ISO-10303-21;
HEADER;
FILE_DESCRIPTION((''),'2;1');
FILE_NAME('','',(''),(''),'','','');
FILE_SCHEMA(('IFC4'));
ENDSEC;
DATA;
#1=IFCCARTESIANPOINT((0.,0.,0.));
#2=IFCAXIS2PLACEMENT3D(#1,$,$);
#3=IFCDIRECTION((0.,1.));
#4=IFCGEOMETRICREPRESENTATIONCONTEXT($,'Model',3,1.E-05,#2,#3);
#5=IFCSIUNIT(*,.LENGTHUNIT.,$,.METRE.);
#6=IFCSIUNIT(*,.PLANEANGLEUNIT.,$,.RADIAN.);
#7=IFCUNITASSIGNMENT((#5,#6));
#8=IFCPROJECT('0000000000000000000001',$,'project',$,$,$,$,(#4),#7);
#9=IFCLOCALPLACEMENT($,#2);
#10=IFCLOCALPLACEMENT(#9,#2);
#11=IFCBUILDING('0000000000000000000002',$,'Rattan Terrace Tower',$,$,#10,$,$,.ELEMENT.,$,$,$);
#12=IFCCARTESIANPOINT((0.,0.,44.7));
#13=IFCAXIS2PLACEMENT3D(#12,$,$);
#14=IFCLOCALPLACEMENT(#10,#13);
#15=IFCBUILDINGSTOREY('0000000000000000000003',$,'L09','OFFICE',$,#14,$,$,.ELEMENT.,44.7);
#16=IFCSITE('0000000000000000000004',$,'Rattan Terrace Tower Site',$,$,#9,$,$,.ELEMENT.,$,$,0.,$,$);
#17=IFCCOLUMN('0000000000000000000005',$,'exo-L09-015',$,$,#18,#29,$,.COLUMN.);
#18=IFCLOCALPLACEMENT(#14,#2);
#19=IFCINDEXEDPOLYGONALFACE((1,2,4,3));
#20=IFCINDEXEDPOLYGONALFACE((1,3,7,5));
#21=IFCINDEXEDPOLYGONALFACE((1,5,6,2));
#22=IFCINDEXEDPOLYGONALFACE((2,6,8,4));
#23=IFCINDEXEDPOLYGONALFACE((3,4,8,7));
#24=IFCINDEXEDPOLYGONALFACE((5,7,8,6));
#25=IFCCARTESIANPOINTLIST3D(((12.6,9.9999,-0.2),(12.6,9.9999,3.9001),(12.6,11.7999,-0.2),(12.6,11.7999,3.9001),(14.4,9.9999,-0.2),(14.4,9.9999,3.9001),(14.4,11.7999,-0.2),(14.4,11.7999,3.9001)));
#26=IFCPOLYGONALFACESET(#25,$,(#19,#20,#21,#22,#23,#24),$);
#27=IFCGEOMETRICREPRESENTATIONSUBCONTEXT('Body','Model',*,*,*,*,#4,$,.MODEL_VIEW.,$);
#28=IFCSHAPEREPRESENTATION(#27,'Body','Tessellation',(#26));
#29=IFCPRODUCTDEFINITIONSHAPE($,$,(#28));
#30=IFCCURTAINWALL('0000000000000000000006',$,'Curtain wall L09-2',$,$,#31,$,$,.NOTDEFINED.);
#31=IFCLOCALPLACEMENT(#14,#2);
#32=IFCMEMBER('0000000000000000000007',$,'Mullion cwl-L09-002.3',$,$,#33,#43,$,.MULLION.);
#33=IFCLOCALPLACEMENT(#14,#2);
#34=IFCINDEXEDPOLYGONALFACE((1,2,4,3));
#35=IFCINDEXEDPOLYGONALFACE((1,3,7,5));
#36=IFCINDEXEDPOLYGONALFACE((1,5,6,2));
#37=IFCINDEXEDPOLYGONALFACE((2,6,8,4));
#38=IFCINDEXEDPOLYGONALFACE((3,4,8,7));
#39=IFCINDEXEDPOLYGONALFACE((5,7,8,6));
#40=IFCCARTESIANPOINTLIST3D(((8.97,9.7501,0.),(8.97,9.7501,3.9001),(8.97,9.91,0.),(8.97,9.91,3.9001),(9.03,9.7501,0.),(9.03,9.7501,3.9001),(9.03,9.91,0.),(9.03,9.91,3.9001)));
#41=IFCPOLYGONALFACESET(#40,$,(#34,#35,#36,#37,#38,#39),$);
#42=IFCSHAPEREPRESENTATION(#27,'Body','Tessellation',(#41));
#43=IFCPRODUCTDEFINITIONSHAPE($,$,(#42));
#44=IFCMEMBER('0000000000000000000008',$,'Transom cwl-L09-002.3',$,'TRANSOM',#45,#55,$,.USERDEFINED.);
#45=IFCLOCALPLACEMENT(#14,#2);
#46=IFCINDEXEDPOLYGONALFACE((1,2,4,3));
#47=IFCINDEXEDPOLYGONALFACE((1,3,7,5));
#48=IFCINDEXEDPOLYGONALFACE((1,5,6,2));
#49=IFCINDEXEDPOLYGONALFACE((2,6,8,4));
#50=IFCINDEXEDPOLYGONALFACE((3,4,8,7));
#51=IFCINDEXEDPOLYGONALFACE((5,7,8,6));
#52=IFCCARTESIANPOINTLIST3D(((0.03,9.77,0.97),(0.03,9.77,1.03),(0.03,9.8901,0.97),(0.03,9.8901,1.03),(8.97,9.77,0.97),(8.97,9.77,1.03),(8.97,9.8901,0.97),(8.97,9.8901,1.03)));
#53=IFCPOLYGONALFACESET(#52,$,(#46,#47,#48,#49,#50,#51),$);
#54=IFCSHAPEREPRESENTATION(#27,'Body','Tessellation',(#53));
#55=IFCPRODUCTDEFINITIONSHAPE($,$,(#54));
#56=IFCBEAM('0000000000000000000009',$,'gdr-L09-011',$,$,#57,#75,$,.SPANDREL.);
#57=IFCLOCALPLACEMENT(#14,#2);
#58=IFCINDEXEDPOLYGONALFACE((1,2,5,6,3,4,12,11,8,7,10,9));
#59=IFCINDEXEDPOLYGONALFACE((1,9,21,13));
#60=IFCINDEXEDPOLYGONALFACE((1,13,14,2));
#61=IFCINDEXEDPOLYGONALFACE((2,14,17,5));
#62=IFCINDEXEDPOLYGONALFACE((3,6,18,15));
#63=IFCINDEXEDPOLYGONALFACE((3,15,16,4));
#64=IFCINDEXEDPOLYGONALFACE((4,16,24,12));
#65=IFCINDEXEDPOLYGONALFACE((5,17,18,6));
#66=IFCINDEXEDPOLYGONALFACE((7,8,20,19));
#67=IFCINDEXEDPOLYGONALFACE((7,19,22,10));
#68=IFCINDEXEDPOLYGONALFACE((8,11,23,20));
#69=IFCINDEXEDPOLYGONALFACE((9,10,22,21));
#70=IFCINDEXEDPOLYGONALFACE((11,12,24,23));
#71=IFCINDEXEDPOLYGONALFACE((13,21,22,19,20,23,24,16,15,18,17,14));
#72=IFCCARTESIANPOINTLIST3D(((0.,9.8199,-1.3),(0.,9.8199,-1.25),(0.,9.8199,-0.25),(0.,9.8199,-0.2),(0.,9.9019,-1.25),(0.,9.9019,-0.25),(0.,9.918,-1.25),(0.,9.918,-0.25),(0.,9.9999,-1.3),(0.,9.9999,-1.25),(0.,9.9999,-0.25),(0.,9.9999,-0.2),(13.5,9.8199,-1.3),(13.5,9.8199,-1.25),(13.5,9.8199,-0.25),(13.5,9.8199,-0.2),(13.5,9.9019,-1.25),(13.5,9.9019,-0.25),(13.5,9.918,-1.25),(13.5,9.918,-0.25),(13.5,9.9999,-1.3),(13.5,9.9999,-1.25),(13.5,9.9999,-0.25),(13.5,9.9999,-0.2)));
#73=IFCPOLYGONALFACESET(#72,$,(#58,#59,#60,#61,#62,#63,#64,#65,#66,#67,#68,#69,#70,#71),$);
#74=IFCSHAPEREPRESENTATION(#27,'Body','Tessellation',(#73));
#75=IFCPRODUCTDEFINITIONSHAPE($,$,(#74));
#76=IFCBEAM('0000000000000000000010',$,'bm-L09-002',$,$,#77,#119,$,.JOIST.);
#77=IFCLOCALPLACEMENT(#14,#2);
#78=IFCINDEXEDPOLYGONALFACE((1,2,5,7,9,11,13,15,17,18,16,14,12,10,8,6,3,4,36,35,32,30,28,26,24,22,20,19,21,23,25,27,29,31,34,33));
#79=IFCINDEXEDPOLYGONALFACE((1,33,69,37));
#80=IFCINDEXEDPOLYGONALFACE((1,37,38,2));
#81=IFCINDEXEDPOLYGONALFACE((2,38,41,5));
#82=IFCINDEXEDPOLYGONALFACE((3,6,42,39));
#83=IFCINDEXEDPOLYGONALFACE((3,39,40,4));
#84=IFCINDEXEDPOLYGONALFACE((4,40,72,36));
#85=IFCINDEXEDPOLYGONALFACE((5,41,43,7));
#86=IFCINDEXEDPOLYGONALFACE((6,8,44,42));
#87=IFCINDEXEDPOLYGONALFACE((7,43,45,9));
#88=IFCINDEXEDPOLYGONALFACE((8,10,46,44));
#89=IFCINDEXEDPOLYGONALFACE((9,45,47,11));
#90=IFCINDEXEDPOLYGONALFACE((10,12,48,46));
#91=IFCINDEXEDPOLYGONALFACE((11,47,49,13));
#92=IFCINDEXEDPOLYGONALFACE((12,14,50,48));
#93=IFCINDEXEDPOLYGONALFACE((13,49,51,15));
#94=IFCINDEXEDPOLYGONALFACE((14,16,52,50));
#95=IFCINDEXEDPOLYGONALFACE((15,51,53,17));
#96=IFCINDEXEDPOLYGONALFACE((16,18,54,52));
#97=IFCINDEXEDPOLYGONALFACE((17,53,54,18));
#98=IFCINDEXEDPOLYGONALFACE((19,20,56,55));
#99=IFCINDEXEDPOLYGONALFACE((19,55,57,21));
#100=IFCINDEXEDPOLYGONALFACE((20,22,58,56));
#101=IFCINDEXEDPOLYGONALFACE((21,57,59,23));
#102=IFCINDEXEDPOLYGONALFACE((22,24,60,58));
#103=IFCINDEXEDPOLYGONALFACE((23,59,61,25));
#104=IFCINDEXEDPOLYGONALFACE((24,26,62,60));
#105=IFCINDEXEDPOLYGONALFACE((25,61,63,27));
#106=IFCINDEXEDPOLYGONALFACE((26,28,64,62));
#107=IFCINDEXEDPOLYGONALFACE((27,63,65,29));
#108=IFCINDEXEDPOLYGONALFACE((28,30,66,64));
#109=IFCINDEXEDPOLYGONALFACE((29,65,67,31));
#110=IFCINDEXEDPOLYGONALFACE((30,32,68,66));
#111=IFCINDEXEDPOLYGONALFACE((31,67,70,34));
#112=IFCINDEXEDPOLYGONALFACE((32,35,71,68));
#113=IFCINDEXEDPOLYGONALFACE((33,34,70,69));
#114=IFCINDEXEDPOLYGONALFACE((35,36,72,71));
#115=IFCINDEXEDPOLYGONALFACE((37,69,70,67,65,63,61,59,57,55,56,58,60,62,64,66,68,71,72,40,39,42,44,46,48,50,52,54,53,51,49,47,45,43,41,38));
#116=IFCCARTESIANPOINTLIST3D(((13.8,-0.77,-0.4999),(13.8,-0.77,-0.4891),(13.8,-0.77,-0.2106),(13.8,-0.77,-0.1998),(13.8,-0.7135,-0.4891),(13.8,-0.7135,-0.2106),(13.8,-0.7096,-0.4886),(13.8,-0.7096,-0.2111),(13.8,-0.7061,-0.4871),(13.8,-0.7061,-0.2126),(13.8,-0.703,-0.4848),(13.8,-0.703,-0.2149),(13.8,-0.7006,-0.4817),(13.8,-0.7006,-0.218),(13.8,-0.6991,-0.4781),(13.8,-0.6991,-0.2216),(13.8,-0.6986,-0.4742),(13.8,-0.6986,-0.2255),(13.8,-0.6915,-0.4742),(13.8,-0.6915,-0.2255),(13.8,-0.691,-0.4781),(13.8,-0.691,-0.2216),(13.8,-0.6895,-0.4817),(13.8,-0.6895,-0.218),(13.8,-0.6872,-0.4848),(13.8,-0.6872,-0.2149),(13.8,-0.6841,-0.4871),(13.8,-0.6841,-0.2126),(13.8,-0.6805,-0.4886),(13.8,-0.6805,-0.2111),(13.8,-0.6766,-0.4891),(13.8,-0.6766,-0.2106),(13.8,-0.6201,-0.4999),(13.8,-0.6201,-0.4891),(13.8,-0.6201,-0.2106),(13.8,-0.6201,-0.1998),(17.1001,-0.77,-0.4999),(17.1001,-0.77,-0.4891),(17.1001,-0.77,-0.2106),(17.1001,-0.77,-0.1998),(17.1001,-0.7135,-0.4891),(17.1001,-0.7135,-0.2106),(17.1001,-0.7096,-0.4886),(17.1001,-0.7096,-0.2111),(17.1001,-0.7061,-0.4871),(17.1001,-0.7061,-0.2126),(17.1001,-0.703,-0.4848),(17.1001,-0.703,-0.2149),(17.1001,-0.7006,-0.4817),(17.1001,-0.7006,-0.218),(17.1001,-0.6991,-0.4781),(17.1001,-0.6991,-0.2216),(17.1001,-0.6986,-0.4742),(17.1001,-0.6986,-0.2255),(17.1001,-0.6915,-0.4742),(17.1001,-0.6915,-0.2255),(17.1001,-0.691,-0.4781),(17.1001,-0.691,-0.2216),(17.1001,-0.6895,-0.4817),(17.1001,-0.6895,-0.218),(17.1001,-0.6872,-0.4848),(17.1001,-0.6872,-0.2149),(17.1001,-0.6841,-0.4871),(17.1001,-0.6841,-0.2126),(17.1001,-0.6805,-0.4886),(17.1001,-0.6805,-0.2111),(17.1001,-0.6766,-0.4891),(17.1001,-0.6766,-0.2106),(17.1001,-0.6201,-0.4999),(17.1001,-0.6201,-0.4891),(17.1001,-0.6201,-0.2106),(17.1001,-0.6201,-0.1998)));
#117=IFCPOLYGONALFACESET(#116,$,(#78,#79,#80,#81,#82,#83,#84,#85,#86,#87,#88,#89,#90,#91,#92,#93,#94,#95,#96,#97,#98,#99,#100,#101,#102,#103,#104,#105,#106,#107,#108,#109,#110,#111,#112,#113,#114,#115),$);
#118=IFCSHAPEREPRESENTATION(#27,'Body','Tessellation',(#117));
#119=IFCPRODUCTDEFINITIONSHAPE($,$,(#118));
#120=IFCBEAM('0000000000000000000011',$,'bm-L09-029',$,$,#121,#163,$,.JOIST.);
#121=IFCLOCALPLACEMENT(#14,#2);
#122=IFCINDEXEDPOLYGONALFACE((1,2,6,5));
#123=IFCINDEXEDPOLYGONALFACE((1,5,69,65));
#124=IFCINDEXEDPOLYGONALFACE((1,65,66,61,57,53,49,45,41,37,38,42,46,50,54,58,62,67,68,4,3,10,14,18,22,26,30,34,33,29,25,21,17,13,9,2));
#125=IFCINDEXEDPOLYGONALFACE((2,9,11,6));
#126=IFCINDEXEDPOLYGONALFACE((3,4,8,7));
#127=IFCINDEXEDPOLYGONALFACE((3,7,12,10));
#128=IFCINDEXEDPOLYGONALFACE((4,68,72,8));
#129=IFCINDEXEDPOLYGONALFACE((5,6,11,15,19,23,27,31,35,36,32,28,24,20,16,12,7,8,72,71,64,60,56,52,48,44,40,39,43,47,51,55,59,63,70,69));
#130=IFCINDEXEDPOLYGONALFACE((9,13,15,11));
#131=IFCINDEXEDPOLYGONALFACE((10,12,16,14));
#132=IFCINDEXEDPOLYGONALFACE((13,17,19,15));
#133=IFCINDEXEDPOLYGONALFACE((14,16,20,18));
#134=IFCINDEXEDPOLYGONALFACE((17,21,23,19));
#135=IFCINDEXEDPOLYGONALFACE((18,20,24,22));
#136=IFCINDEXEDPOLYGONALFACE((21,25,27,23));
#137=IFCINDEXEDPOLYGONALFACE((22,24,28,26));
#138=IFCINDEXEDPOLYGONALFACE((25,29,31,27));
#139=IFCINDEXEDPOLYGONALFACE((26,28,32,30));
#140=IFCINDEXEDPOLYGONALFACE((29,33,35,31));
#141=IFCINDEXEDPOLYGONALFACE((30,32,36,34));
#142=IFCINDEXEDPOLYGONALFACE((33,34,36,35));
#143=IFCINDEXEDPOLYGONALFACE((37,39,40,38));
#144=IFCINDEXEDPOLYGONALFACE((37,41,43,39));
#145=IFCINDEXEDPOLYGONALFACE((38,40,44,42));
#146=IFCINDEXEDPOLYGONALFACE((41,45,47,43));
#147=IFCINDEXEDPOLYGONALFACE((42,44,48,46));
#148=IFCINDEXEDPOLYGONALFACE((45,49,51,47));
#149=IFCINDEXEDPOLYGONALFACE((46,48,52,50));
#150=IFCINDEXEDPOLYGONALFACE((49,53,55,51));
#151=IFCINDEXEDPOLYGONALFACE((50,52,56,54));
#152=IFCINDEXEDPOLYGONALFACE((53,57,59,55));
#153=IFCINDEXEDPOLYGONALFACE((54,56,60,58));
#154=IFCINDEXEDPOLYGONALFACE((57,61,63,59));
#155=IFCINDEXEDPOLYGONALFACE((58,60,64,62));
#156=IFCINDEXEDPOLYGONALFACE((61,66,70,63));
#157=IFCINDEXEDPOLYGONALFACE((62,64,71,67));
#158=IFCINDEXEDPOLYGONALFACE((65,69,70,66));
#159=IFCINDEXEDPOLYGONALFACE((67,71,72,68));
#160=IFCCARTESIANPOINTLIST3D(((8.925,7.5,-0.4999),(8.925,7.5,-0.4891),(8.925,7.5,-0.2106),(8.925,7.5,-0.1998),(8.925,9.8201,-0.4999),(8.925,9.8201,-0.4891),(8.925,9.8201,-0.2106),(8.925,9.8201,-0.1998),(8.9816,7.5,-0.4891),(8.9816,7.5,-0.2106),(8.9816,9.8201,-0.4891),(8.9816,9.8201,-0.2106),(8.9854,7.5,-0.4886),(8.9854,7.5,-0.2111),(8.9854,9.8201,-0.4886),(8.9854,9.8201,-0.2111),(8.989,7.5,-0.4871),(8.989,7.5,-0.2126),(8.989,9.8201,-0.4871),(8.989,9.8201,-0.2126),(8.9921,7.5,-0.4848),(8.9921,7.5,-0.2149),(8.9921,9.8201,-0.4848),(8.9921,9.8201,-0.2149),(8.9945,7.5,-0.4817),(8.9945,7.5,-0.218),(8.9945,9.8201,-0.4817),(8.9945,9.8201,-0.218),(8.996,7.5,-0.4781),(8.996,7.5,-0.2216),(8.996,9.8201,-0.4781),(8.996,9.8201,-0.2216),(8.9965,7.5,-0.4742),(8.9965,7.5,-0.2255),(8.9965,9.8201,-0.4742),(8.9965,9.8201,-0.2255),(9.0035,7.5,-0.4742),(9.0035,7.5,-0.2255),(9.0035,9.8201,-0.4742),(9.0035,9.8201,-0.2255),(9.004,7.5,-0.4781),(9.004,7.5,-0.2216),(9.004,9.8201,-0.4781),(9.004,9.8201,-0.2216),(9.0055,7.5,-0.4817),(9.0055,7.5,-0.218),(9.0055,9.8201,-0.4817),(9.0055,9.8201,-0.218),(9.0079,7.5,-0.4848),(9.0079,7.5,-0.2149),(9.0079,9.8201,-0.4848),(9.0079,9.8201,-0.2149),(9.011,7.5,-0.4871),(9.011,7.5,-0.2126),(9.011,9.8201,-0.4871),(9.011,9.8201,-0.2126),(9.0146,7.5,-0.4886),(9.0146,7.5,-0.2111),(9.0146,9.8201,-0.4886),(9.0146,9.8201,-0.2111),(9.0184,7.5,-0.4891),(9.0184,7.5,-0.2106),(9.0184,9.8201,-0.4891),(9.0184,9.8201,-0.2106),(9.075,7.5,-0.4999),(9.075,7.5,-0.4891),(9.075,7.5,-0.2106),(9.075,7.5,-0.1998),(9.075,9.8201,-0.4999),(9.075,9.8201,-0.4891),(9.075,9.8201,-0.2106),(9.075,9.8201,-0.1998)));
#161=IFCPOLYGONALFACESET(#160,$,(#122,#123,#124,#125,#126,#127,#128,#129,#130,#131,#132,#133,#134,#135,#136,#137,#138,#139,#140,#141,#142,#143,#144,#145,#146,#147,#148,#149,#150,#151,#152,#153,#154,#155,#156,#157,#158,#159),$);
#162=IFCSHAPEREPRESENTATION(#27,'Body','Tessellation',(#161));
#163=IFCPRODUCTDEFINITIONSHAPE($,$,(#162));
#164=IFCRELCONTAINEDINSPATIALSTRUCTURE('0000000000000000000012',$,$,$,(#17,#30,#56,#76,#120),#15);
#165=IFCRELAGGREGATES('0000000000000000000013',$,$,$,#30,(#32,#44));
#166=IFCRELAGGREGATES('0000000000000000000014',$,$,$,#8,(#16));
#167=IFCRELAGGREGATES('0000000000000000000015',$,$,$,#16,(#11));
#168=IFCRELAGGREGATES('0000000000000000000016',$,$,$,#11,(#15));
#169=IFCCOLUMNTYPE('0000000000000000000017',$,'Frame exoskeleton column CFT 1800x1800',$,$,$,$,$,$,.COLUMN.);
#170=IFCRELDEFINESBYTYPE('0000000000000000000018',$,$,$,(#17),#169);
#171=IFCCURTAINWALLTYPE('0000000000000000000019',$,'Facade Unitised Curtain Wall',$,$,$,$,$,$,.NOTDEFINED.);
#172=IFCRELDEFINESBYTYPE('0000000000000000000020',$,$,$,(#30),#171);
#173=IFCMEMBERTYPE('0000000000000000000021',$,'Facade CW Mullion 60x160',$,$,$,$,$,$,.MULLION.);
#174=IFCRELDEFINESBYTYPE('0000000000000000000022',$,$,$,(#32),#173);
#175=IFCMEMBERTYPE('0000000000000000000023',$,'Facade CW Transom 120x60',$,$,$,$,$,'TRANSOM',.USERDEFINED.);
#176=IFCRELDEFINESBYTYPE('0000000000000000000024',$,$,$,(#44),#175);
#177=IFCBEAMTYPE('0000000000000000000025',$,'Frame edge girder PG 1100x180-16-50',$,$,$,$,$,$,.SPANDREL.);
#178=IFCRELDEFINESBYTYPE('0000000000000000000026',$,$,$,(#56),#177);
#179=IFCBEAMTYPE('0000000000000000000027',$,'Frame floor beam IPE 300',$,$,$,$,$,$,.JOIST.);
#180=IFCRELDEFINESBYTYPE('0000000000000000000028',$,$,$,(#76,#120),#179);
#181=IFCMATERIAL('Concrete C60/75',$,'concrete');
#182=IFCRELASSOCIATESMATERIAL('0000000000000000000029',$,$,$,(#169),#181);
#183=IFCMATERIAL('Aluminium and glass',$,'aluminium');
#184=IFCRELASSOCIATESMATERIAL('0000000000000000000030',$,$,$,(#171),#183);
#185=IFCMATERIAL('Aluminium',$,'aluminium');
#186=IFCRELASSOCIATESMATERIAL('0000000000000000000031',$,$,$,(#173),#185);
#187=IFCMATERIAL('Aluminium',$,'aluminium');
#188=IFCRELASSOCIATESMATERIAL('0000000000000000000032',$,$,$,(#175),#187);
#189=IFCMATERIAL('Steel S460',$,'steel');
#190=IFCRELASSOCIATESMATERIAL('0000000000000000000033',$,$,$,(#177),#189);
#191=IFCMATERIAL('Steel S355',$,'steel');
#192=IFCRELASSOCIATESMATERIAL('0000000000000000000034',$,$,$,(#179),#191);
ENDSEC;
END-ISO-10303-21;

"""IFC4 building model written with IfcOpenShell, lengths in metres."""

from ifc_helpers import new_model, si_unit, direction, frame, origin, origin_2d, place, context, subcontext, project, spatial, rectangle, i_section, extrude, material, material_profile, profile_set, type_object, element, aggregate, save


model = new_model("IFC4")

# Units and contexts
model_context = context("Model", 3, precision=1e-05, world=origin(), true_north=direction((0.0, 1.0)))
body_context = subcontext(model_context, "Body", "Model", "MODEL_VIEW")
ifc_project = project(units=[si_unit("LENGTHUNIT", "METRE"), si_unit("PLANEANGLEUNIT", "RADIAN")], contexts=[model_context])

# Site, building, storey
site_placement = place(None, origin())
site = spatial("IfcSite", under=ifc_project, at=site_placement, Name="Rattan Terrace Tower Site", CompositionType="ELEMENT", RefElevation=0.0)
building_placement = place(site_placement, origin())
building = spatial("IfcBuilding", under=site, at=building_placement, Name="Rattan Terrace Tower", CompositionType="ELEMENT")
storey_placement = place(building_placement, frame((0.0, 0.0, 44.7)))
storey = spatial("IfcBuildingStorey", under=building, at=storey_placement, Name="L09", Description="OFFICE", CompositionType="ELEMENT", Elevation=44.7)

# Column
ifc_material_1 = material(Name="Concrete C60/75", Category="concrete")
ifc_material_profile_1 = material_profile(ifc_material_1, rectangle(XDim=1.8, YDim=1.8, at=origin_2d()), Name="CFT 1800x1800")
ifc_profile_set_1 = profile_set([ifc_material_profile_1], Name="Concrete C60/75")
column_type = type_object("IfcColumnType", Name="Frame exoskeleton column CFT 1800x1800", PredefinedType="COLUMN", material=ifc_profile_set_1)
column_placement = place(storey_placement, frame((13.5, 10.8999, -0.2), z_axis=(0.0, 0.0, 1.0), x_axis=(1.0, 0.0, 0.0)))
element("IfcColumn", 1, at=column_placement, inside=storey, type_object=column_type, Name="exo-L09-015", PredefinedType="COLUMN", context=body_context, shape_type="SweptSolid", body=[
    extrude(rectangle(XDim=1.8, YDim=1.8, at=origin_2d()), origin(), (0.0, 0.0, 1.0), 4.1001),
])

# Curtain wall, members
ifc_material_2 = material(Name="Aluminium and glass", Category="aluminium")
curtain_wall_type = type_object("IfcCurtainWallType", Name="Facade Unitised Curtain Wall", PredefinedType="NOTDEFINED", material=ifc_material_2)
curtain_wall_placement = place(storey_placement, origin())
curtain_wall = element("IfcCurtainWall", 2, at=curtain_wall_placement, inside=storey, type_object=curtain_wall_type, Name="Curtain wall L09-2", PredefinedType="NOTDEFINED")
ifc_material_3 = material(Name="Aluminium", Category="aluminium")
ifc_material_profile_2 = material_profile(ifc_material_3, rectangle(XDim=0.0601, YDim=0.1599, at=origin_2d()), Name="Aluminium 60x160")
ifc_profile_set_2 = profile_set([ifc_material_profile_2], Name="Aluminium")
member_type_1 = type_object("IfcMemberType", Name="Facade CW Mullion 60x160", PredefinedType="MULLION", material=ifc_profile_set_2)
member_1_placement = place(storey_placement, frame((9.0, 9.8301, 0.0), z_axis=(0.0, 0.0, 1.0), x_axis=(-1.0, 0.0, 0.0)))
member_1 = element("IfcMember", 3, at=member_1_placement, type_object=member_type_1, Name="Mullion cwl-L09-002.3", PredefinedType="MULLION", context=body_context, shape_type="SweptSolid", body=[
    extrude(rectangle(XDim=0.0601, YDim=0.1599, at=origin_2d()), origin(), (0.0, 0.0, 1.0), 3.9001),
])
ifc_material_4 = material(Name="Aluminium", Category="aluminium")
ifc_material_profile_3 = material_profile(ifc_material_4, rectangle(XDim=0.1201, YDim=0.0601, at=origin_2d()), Name="Aluminium 120x60")
ifc_profile_set_3 = profile_set([ifc_material_profile_3], Name="Aluminium")
member_type_2 = type_object("IfcMemberType", Name="Facade CW Transom 120x60", ElementType="TRANSOM", PredefinedType="USERDEFINED", material=ifc_profile_set_3)
member_2_placement = place(storey_placement, frame((8.97, 9.8301, 1.0), z_axis=(-1.0, 0.0, 0.0), x_axis=(0.0, -1.0, 0.0)))
member_2 = element("IfcMember", 4, at=member_2_placement, type_object=member_type_2, Name="Transom cwl-L09-002.3", ObjectType="TRANSOM", PredefinedType="USERDEFINED", context=body_context, shape_type="SweptSolid", body=[
    extrude(rectangle(XDim=0.1201, YDim=0.0601, at=origin_2d()), origin(), (0.0, 0.0, 1.0), 8.9399),
])

# Beams
ifc_material_5 = material(Name="Steel S460", Category="steel")
ifc_material_profile_4 = material_profile(ifc_material_5, i_section(OverallWidth=0.1799, OverallDepth=1.1001, WebThickness=0.0161, FlangeThickness=0.05, at=origin_2d()), Name="PG 1100x180-16-50")
ifc_profile_set_4 = profile_set([ifc_material_profile_4], Name="Steel S460")
beam_type_1 = type_object("IfcBeamType", Name="Frame edge girder PG 1100x180-16-50", PredefinedType="SPANDREL", material=ifc_profile_set_4)
beam_1_placement = place(storey_placement, frame((13.5, 9.9099, -0.75), z_axis=(-1.0, 0.0, 0.0), x_axis=(0.0, -1.0, 0.0)))
element("IfcBeam", 5, at=beam_1_placement, inside=storey, type_object=beam_type_1, Name="gdr-L09-011", PredefinedType="SPANDREL", context=body_context, shape_type="SweptSolid", body=[
    extrude(i_section(OverallWidth=0.1799, OverallDepth=1.1001, WebThickness=0.0161, FlangeThickness=0.05, at=origin_2d()), origin(), (0.0, 0.0, 1.0), 13.5),
])
ifc_material_6 = material(Name="Steel S355", Category="steel")
ifc_material_profile_5 = material_profile(ifc_material_6, i_section(OverallWidth=0.1499, OverallDepth=0.3, WebThickness=0.0071, FlangeThickness=0.0107, FilletRadius=0.0149, at=origin_2d()), Name="IPE 300")
ifc_profile_set_5 = profile_set([ifc_material_profile_5], Name="Steel S355")
beam_type_2 = type_object("IfcBeamType", Name="Frame floor beam IPE 300", PredefinedType="JOIST", material=ifc_profile_set_5)
beam_2_placement = place(storey_placement, frame((13.8, -0.6951, -0.3499), z_axis=(1.0, 0.0, 0.0), x_axis=(0.0, 1.0, 0.0)))
element("IfcBeam", 6, at=beam_2_placement, inside=storey, type_object=beam_type_2, Name="bm-L09-002", PredefinedType="JOIST", context=body_context, shape_type="SweptSolid", body=[
    extrude(i_section(OverallWidth=0.1499, OverallDepth=0.3, WebThickness=0.0071, FlangeThickness=0.0107, FilletRadius=0.0149, at=origin_2d()), origin(), (0.0, 0.0, 1.0), 3.3),
])
for number, where, z_axis, x_axis, name in (
    (7, (9.0, 7.5, -0.3499), (0.0, 1.0, 0.0), (-1.0, 0.0, 0.0), "bm-L09-029"),
):
    element("IfcBeam", number, at=place(storey_placement, frame(where, z_axis=z_axis, x_axis=x_axis)), inside=storey, type_object=beam_type_2, Name=name, PredefinedType="JOIST", context=body_context, shape_type="SweptSolid", body=[
        extrude(i_section(OverallWidth=0.1499, OverallDepth=0.3, WebThickness=0.0071, FlangeThickness=0.0107, FilletRadius=0.0149, at=origin_2d()), origin(), (0.0, 0.0, 1.0), 2.3201),
    ])

aggregate(curtain_wall, [member_1, member_2])

save(model, "model.ifc")
